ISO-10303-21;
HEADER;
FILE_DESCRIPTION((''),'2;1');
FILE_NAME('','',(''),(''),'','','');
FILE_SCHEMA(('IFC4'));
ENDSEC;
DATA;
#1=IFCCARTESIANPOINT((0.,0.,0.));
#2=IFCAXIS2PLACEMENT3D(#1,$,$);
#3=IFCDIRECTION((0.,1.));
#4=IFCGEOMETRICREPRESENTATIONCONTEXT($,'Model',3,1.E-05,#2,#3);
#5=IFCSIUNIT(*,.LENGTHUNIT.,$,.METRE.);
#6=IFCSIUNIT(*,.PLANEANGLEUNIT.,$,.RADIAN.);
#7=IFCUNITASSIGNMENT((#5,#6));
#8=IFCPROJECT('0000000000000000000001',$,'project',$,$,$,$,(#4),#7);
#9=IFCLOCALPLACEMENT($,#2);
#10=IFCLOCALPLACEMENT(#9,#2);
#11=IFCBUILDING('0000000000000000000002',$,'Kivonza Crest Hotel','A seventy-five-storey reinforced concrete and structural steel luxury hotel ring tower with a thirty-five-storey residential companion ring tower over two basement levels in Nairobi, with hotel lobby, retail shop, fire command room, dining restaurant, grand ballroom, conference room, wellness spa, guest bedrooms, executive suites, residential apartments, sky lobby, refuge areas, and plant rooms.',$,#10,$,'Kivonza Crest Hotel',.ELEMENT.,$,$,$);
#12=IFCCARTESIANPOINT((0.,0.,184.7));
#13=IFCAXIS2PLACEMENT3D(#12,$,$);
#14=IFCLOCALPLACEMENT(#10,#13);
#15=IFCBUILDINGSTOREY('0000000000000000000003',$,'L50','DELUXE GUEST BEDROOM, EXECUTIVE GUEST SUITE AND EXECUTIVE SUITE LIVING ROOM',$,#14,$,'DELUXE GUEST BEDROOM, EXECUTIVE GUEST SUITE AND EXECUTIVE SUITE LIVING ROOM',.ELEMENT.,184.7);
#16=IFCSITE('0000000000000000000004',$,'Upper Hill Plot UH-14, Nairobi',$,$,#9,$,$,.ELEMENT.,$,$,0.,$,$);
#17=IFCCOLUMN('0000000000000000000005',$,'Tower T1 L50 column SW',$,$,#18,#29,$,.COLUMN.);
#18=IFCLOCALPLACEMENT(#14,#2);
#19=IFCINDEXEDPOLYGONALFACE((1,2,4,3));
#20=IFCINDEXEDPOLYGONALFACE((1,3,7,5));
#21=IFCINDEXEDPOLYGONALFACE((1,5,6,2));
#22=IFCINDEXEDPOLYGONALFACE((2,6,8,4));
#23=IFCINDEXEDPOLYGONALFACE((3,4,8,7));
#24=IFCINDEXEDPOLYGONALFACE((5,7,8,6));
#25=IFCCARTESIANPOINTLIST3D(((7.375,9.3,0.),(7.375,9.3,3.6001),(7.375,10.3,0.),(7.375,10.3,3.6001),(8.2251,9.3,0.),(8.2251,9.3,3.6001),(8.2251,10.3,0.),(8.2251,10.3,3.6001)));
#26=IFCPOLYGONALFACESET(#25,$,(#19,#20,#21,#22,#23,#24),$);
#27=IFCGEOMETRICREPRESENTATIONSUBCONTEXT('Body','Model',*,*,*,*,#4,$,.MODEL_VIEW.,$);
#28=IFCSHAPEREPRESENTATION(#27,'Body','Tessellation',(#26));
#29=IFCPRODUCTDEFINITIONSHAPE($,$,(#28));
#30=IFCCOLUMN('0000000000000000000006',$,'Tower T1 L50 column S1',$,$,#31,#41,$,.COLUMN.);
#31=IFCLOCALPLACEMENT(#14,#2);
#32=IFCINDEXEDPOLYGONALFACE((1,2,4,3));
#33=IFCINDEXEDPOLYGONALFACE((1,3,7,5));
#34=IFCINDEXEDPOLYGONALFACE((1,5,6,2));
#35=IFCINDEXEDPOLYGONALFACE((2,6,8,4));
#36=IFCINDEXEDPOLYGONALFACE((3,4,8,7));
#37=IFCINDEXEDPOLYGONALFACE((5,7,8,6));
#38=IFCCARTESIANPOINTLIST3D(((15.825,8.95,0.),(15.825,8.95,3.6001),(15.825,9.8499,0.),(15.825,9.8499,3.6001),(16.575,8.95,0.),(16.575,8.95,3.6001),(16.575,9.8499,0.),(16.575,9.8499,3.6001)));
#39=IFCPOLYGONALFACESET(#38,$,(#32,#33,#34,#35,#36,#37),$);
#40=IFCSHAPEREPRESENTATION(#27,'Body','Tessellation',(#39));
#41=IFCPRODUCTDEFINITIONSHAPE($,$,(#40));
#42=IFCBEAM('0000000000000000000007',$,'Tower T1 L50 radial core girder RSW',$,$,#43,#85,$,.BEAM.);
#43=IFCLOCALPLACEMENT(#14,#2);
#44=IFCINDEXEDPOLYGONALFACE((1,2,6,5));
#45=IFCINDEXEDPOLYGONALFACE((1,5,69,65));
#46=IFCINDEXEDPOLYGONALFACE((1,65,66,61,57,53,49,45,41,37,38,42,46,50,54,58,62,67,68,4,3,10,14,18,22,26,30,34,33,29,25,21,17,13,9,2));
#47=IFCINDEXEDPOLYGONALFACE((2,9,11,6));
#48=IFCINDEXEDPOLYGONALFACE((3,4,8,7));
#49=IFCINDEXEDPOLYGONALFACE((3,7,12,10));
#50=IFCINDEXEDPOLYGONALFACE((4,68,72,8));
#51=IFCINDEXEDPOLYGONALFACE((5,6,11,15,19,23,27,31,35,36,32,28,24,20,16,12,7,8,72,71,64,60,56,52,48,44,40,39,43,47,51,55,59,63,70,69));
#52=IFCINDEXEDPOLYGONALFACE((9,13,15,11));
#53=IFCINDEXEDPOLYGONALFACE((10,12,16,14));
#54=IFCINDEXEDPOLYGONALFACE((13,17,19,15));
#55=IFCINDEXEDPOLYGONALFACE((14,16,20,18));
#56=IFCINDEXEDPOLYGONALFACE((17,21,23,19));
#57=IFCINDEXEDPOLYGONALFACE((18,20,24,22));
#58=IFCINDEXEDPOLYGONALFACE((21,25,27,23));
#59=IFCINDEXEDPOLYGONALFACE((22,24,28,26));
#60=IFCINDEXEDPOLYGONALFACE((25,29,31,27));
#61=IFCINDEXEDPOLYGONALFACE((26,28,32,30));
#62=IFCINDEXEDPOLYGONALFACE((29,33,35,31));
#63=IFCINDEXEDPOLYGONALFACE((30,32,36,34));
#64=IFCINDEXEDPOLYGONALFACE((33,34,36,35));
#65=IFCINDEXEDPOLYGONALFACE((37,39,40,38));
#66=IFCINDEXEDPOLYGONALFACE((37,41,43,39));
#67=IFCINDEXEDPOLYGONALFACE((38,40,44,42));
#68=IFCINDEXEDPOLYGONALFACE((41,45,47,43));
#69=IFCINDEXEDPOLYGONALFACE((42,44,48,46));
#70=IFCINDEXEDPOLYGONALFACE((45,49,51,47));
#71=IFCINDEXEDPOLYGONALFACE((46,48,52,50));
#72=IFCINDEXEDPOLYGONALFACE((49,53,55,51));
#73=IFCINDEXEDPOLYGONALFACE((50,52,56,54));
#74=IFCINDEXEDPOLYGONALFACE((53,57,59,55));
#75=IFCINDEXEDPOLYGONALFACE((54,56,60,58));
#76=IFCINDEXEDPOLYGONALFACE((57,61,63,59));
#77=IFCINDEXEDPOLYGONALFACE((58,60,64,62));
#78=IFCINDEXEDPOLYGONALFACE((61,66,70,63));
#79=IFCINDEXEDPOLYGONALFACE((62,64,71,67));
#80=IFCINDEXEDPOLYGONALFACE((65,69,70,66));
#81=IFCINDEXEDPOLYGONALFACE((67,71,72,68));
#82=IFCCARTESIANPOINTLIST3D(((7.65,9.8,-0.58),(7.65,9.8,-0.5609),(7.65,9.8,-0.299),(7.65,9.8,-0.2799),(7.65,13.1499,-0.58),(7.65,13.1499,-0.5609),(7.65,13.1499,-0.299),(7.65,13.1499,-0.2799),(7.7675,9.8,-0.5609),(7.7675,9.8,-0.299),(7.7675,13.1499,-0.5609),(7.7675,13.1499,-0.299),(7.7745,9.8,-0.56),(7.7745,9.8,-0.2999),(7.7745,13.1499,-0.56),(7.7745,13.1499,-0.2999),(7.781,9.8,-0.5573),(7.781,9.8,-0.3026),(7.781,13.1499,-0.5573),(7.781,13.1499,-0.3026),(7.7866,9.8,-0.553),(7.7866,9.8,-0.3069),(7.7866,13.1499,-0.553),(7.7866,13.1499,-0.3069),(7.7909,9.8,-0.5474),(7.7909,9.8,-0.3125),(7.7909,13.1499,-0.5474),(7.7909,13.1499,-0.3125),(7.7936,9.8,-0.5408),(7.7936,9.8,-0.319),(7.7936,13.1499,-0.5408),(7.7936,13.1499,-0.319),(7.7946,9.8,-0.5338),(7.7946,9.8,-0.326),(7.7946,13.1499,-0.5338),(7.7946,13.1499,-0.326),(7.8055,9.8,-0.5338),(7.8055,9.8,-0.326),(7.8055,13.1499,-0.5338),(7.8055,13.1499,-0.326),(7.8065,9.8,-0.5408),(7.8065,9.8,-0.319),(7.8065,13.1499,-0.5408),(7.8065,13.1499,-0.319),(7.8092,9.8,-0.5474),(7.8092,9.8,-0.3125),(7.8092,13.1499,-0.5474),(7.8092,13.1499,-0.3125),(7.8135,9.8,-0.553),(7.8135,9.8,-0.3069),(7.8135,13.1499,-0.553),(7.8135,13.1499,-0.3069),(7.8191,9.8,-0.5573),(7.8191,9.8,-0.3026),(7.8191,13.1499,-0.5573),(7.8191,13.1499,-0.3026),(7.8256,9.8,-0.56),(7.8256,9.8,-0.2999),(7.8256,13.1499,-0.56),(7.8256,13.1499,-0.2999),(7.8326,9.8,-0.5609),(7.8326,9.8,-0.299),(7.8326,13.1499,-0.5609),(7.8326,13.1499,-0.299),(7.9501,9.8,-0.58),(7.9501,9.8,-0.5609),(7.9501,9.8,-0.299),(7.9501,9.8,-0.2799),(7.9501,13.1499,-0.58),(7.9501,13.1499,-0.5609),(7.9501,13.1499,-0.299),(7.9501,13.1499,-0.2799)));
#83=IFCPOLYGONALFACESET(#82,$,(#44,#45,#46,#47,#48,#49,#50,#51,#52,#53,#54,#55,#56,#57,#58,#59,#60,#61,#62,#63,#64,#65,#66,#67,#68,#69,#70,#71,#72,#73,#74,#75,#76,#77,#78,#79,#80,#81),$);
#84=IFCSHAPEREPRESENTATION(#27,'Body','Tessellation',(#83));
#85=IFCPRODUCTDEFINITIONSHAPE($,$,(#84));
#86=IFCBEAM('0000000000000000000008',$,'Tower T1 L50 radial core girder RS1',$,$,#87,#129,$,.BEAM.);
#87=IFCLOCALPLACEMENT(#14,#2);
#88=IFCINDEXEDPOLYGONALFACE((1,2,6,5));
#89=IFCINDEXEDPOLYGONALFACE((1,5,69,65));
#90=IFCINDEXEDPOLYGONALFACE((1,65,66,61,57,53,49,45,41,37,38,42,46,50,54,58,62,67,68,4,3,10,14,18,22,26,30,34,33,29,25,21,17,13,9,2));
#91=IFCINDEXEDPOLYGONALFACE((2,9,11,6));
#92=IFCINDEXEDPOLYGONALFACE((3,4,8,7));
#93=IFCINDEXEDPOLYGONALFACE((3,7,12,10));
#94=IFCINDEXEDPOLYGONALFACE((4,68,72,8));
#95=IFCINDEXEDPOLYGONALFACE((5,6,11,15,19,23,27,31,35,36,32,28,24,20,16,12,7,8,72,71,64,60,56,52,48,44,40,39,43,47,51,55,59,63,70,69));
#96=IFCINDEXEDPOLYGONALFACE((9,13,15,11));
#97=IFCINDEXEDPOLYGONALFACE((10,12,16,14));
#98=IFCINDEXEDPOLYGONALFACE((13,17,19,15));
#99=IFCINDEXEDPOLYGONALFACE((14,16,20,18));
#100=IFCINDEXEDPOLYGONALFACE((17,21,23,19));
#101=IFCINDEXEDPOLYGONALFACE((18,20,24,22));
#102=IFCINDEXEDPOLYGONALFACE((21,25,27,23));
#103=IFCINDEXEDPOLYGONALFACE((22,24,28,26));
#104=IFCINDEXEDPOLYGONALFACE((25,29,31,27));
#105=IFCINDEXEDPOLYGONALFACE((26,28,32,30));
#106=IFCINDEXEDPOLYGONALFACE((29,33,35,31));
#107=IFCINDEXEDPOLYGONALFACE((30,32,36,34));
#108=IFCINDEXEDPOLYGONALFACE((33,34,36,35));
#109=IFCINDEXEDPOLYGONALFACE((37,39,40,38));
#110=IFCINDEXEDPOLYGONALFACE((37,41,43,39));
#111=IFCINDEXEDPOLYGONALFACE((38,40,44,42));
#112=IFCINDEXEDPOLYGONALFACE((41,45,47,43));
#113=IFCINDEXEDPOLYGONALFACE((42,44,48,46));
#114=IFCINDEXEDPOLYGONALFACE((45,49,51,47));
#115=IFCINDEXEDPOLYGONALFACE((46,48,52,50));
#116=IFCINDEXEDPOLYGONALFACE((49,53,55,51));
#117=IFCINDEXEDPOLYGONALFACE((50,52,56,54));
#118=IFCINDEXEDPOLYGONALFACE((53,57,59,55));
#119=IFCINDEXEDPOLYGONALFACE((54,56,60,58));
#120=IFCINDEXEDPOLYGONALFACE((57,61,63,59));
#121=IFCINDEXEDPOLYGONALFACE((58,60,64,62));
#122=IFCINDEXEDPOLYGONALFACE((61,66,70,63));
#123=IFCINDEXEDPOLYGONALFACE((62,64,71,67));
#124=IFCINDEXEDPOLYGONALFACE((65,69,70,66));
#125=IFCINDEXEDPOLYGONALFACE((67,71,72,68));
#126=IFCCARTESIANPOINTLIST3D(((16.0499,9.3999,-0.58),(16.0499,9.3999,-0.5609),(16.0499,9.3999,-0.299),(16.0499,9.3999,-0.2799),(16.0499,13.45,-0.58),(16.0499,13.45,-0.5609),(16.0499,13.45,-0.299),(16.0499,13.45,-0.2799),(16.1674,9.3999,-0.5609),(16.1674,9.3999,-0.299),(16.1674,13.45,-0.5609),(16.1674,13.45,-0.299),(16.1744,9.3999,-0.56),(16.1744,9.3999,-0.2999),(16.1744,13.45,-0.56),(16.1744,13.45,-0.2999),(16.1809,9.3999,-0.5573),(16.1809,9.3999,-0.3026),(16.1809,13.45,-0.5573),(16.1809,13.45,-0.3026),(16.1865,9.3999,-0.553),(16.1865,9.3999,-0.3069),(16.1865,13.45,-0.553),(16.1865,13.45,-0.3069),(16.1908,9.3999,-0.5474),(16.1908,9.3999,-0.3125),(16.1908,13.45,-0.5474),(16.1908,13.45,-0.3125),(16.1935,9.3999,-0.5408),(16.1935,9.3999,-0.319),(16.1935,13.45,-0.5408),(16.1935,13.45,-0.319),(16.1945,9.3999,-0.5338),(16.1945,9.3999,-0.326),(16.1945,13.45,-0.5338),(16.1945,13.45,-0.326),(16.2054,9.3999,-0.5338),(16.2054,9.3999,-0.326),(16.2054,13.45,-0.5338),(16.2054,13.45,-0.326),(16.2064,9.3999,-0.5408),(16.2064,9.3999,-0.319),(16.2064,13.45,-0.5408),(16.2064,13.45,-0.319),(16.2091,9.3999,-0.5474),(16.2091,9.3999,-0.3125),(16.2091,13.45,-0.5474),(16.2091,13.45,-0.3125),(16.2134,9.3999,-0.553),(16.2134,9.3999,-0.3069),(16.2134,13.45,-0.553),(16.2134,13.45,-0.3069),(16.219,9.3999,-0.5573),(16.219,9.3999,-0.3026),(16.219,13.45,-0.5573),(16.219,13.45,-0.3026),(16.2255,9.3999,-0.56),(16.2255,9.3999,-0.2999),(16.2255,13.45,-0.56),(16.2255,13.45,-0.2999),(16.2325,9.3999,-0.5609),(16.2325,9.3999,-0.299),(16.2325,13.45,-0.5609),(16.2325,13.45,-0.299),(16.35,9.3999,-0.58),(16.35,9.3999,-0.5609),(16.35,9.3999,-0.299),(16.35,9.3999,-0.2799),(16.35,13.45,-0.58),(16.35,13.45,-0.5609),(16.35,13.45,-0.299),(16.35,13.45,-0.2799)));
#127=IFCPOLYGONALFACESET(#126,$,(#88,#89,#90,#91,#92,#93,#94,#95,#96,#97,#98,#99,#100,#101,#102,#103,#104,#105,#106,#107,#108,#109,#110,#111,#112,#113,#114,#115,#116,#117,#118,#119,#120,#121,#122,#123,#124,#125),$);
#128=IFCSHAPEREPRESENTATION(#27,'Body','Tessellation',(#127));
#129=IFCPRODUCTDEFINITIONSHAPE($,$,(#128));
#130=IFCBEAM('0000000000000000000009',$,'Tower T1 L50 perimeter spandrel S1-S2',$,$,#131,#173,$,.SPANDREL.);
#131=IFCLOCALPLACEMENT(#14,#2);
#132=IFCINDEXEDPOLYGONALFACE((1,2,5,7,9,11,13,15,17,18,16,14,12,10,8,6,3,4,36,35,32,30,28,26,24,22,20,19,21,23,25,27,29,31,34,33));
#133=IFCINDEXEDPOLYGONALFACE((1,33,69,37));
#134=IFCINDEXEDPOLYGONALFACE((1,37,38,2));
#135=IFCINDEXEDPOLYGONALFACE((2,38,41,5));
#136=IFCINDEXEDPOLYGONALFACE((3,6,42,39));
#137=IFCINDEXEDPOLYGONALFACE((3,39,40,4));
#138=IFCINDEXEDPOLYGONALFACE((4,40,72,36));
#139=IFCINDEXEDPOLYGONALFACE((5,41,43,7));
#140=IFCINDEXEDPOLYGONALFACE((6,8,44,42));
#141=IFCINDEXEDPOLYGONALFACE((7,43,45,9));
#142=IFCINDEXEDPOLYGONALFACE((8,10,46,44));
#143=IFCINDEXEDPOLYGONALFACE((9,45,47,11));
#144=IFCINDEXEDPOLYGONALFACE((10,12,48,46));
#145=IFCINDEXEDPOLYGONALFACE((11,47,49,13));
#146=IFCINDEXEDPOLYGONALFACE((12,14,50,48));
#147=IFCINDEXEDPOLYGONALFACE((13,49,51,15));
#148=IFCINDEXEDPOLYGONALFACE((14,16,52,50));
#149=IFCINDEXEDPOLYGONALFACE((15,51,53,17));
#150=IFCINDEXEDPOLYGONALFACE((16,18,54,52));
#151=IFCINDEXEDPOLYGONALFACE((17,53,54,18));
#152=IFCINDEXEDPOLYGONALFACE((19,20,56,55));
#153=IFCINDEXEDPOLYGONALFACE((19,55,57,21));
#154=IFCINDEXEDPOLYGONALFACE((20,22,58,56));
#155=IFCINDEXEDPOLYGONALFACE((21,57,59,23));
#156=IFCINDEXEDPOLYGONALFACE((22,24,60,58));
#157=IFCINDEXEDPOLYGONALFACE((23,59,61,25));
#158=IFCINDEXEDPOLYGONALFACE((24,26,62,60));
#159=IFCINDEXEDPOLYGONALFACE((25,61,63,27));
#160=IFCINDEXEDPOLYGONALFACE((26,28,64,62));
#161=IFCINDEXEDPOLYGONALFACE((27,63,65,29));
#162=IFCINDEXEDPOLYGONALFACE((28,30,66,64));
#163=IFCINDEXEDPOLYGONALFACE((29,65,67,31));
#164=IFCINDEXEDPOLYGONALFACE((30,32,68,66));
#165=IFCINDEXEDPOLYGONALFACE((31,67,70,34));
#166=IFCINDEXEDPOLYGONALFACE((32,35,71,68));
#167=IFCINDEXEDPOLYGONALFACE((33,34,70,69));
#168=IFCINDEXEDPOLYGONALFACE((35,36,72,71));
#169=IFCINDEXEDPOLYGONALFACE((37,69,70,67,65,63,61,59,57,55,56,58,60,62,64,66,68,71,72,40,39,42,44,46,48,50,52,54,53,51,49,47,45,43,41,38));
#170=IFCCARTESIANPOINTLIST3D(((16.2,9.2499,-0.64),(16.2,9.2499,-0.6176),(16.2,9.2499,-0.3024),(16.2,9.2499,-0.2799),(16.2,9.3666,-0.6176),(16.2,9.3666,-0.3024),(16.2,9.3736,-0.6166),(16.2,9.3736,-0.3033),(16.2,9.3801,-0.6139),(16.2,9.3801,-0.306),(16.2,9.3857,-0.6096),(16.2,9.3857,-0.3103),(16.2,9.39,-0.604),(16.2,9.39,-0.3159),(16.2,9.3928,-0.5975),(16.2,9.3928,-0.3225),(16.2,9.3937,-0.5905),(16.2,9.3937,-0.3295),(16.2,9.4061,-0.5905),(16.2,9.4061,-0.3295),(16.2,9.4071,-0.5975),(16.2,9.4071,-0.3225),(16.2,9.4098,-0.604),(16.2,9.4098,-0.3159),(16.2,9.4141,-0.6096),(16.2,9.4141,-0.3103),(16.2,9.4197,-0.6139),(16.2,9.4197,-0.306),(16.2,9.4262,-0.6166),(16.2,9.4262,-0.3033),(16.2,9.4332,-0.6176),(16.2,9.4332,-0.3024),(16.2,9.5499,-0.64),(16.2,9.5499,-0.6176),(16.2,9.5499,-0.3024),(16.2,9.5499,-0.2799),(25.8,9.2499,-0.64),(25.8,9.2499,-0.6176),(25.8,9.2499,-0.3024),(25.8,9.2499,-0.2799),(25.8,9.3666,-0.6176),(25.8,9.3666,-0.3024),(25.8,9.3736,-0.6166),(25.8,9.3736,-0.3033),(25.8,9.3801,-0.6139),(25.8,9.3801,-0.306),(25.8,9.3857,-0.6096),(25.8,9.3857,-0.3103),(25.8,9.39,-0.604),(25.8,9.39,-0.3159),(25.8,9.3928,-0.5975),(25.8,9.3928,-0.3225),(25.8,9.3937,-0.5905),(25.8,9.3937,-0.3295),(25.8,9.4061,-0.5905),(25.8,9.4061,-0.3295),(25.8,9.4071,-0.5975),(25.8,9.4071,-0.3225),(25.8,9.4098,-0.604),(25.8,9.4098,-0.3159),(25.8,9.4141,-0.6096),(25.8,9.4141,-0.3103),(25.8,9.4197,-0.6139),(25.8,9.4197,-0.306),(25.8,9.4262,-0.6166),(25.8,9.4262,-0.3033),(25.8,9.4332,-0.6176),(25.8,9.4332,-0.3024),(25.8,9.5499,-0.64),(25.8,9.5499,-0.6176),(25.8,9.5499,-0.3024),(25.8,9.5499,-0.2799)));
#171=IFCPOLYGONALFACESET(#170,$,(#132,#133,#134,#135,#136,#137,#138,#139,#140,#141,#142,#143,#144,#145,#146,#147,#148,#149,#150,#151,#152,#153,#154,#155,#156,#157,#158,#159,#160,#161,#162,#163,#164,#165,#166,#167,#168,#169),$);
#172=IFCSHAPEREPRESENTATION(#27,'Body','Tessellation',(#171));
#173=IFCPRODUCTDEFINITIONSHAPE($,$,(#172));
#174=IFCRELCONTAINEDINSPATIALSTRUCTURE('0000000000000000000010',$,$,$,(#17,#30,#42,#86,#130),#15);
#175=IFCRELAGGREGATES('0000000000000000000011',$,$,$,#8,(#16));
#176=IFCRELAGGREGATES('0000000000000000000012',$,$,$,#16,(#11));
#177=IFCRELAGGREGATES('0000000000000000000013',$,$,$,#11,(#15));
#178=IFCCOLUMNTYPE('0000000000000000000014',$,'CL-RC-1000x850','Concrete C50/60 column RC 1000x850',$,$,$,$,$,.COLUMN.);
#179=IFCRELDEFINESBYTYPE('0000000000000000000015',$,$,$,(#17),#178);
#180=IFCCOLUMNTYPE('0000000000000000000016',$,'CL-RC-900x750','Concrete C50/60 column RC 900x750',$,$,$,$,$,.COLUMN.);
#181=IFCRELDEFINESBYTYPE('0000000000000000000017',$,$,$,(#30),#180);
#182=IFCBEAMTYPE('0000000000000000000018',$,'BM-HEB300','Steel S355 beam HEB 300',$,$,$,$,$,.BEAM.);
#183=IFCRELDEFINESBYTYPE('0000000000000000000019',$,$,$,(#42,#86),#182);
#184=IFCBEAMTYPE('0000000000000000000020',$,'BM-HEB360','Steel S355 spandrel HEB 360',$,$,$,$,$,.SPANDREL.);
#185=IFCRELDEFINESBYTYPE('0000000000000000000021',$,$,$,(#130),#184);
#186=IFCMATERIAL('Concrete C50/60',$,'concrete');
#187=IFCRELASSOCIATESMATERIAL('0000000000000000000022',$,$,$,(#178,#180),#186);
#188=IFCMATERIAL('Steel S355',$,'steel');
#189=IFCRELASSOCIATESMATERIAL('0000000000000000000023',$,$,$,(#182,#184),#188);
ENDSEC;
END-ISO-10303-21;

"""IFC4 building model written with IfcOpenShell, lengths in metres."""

from ifc_helpers import new_model, si_unit, direction, frame, origin, origin_2d, place, context, subcontext, project, spatial, rectangle, i_section, extrude, material, material_profile, profile_set, type_object, element, save


model = new_model("IFC4")

# Units and contexts
model_context = context("Model", 3, precision=1e-05, world=origin(), true_north=direction((0.0, 1.0)))
body_context = subcontext(model_context, "Body", "Model", "MODEL_VIEW")
ifc_project = project(units=[si_unit("LENGTHUNIT", "METRE"), si_unit("PLANEANGLEUNIT", "RADIAN")], contexts=[model_context])

# Site, building, storey
site_placement = place(None, origin())
site = spatial("IfcSite", under=ifc_project, at=site_placement, Name="Upper Hill Plot UH-14, Nairobi", CompositionType="ELEMENT", RefElevation=0.0)
building_placement = place(site_placement, origin())
building = spatial("IfcBuilding", under=site, at=building_placement, Name="Kivonza Crest Hotel", Description="A seventy-five-storey reinforced concrete and structural steel luxury hotel ring tower with a thirty-five-storey residential companion ring tower over two basement levels in Nairobi, with hotel lobby, retail shop, fire command room, dining restaurant, grand ballroom, conference room, wellness spa, guest bedrooms, executive suites, residential apartments, sky lobby, refuge areas, and plant rooms.", LongName="Kivonza Crest Hotel", CompositionType="ELEMENT")
storey_placement = place(building_placement, frame((0.0, 0.0, 184.7)))
storey = spatial("IfcBuildingStorey", under=building, at=storey_placement, Name="L50", Description="DELUXE GUEST BEDROOM, EXECUTIVE GUEST SUITE AND EXECUTIVE SUITE LIVING ROOM", LongName="DELUXE GUEST BEDROOM, EXECUTIVE GUEST SUITE AND EXECUTIVE SUITE LIVING ROOM", CompositionType="ELEMENT", Elevation=184.7)

# Columns
ifc_material_1 = material(Name="Concrete C50/60", Category="concrete")
ifc_material_profile_1 = material_profile(ifc_material_1, rectangle(XDim=0.8501, YDim=1.0, at=origin_2d()), Name="RC 1000x850")
ifc_profile_set_1 = profile_set([ifc_material_profile_1], Name="Concrete C50/60")
column_type_1 = type_object("IfcColumnType", Name="CL-RC-1000x850", Description="Concrete C50/60 column RC 1000x850", PredefinedType="COLUMN", material=ifc_profile_set_1)
column_1_placement = place(storey_placement, frame((7.8, 9.8, 0.0), z_axis=(0.0, 0.0, 1.0), x_axis=(1.0, 0.0, 0.0)))
element("IfcColumn", 1, at=column_1_placement, inside=storey, type_object=column_type_1, Name="Tower T1 L50 column SW", PredefinedType="COLUMN", context=body_context, shape_type="SweptSolid", body=[
    extrude(rectangle(XDim=0.8501, YDim=1.0, at=origin_2d()), origin(), (0.0, 0.0, 1.0), 3.6001),
])
ifc_material_profile_2 = material_profile(ifc_material_1, rectangle(XDim=0.75, YDim=0.8999, at=origin_2d()), Name="RC 900x750")
ifc_profile_set_2 = profile_set([ifc_material_profile_2], Name="Concrete C50/60")
column_type_2 = type_object("IfcColumnType", Name="CL-RC-900x750", Description="Concrete C50/60 column RC 900x750", PredefinedType="COLUMN", material=ifc_profile_set_2)
column_2_placement = place(storey_placement, frame((16.2, 9.3999, 0.0), z_axis=(0.0, 0.0, 1.0), x_axis=(1.0, 0.0, 0.0)))
element("IfcColumn", 2, at=column_2_placement, inside=storey, type_object=column_type_2, Name="Tower T1 L50 column S1", PredefinedType="COLUMN", context=body_context, shape_type="SweptSolid", body=[
    extrude(rectangle(XDim=0.75, YDim=0.8999, at=origin_2d()), origin(), (0.0, 0.0, 1.0), 3.6001),
])

# Beams
ifc_material_2 = material(Name="Steel S355", Category="steel")
ifc_material_profile_3 = material_profile(ifc_material_2, i_section(OverallWidth=0.3, OverallDepth=0.3, WebThickness=0.011, FlangeThickness=0.019, FilletRadius=0.0271, at=origin_2d()), Name="HEB 300")
ifc_profile_set_3 = profile_set([ifc_material_profile_3], Name="Steel S355")
beam_type_1 = type_object("IfcBeamType", Name="BM-HEB300", Description="Steel S355 beam HEB 300", PredefinedType="BEAM", material=ifc_profile_set_3)
beam_1_placement = place(storey_placement, frame((7.8, 9.8, -0.4299), z_axis=(0.0, 1.0, 0.0), x_axis=(-1.0, 0.0, 0.0)))
element("IfcBeam", 3, at=beam_1_placement, inside=storey, type_object=beam_type_1, Name="Tower T1 L50 radial core girder RSW", PredefinedType="BEAM", context=body_context, shape_type="SweptSolid", body=[
    extrude(i_section(OverallWidth=0.3, OverallDepth=0.3, WebThickness=0.011, FlangeThickness=0.019, FilletRadius=0.0271, at=origin_2d()), origin(), (0.0, 0.0, 1.0), 3.3499),
])
beam_2_placement = place(storey_placement, frame((16.2, 9.3999, -0.4299), z_axis=(0.0, 1.0, 0.0), x_axis=(-1.0, 0.0, 0.0)))
element("IfcBeam", 4, at=beam_2_placement, inside=storey, type_object=beam_type_1, Name="Tower T1 L50 radial core girder RS1", PredefinedType="BEAM", context=body_context, shape_type="SweptSolid", body=[
    extrude(i_section(OverallWidth=0.3, OverallDepth=0.3, WebThickness=0.011, FlangeThickness=0.019, FilletRadius=0.0271, at=origin_2d()), origin(), (0.0, 0.0, 1.0), 4.05),
])
ifc_material_profile_4 = material_profile(ifc_material_2, i_section(OverallWidth=0.3, OverallDepth=0.3601, WebThickness=0.0125, FlangeThickness=0.0225, FilletRadius=0.0271, at=origin_2d()), Name="HEB 360")
ifc_profile_set_4 = profile_set([ifc_material_profile_4], Name="Steel S355")
beam_type_2 = type_object("IfcBeamType", Name="BM-HEB360", Description="Steel S355 spandrel HEB 360", PredefinedType="SPANDREL", material=ifc_profile_set_4)
beam_3_placement = place(storey_placement, frame((16.2, 9.3999, -0.46), z_axis=(1.0, 0.0, 0.0), x_axis=(0.0, 1.0, 0.0)))
element("IfcBeam", 5, at=beam_3_placement, inside=storey, type_object=beam_type_2, Name="Tower T1 L50 perimeter spandrel S1-S2", PredefinedType="SPANDREL", context=body_context, shape_type="SweptSolid", body=[
    extrude(i_section(OverallWidth=0.3, OverallDepth=0.3601, WebThickness=0.0125, FlangeThickness=0.0225, FilletRadius=0.0271, at=origin_2d()), origin(), (0.0, 0.0, 1.0), 9.6001),
])

save(model, "model.ifc")
